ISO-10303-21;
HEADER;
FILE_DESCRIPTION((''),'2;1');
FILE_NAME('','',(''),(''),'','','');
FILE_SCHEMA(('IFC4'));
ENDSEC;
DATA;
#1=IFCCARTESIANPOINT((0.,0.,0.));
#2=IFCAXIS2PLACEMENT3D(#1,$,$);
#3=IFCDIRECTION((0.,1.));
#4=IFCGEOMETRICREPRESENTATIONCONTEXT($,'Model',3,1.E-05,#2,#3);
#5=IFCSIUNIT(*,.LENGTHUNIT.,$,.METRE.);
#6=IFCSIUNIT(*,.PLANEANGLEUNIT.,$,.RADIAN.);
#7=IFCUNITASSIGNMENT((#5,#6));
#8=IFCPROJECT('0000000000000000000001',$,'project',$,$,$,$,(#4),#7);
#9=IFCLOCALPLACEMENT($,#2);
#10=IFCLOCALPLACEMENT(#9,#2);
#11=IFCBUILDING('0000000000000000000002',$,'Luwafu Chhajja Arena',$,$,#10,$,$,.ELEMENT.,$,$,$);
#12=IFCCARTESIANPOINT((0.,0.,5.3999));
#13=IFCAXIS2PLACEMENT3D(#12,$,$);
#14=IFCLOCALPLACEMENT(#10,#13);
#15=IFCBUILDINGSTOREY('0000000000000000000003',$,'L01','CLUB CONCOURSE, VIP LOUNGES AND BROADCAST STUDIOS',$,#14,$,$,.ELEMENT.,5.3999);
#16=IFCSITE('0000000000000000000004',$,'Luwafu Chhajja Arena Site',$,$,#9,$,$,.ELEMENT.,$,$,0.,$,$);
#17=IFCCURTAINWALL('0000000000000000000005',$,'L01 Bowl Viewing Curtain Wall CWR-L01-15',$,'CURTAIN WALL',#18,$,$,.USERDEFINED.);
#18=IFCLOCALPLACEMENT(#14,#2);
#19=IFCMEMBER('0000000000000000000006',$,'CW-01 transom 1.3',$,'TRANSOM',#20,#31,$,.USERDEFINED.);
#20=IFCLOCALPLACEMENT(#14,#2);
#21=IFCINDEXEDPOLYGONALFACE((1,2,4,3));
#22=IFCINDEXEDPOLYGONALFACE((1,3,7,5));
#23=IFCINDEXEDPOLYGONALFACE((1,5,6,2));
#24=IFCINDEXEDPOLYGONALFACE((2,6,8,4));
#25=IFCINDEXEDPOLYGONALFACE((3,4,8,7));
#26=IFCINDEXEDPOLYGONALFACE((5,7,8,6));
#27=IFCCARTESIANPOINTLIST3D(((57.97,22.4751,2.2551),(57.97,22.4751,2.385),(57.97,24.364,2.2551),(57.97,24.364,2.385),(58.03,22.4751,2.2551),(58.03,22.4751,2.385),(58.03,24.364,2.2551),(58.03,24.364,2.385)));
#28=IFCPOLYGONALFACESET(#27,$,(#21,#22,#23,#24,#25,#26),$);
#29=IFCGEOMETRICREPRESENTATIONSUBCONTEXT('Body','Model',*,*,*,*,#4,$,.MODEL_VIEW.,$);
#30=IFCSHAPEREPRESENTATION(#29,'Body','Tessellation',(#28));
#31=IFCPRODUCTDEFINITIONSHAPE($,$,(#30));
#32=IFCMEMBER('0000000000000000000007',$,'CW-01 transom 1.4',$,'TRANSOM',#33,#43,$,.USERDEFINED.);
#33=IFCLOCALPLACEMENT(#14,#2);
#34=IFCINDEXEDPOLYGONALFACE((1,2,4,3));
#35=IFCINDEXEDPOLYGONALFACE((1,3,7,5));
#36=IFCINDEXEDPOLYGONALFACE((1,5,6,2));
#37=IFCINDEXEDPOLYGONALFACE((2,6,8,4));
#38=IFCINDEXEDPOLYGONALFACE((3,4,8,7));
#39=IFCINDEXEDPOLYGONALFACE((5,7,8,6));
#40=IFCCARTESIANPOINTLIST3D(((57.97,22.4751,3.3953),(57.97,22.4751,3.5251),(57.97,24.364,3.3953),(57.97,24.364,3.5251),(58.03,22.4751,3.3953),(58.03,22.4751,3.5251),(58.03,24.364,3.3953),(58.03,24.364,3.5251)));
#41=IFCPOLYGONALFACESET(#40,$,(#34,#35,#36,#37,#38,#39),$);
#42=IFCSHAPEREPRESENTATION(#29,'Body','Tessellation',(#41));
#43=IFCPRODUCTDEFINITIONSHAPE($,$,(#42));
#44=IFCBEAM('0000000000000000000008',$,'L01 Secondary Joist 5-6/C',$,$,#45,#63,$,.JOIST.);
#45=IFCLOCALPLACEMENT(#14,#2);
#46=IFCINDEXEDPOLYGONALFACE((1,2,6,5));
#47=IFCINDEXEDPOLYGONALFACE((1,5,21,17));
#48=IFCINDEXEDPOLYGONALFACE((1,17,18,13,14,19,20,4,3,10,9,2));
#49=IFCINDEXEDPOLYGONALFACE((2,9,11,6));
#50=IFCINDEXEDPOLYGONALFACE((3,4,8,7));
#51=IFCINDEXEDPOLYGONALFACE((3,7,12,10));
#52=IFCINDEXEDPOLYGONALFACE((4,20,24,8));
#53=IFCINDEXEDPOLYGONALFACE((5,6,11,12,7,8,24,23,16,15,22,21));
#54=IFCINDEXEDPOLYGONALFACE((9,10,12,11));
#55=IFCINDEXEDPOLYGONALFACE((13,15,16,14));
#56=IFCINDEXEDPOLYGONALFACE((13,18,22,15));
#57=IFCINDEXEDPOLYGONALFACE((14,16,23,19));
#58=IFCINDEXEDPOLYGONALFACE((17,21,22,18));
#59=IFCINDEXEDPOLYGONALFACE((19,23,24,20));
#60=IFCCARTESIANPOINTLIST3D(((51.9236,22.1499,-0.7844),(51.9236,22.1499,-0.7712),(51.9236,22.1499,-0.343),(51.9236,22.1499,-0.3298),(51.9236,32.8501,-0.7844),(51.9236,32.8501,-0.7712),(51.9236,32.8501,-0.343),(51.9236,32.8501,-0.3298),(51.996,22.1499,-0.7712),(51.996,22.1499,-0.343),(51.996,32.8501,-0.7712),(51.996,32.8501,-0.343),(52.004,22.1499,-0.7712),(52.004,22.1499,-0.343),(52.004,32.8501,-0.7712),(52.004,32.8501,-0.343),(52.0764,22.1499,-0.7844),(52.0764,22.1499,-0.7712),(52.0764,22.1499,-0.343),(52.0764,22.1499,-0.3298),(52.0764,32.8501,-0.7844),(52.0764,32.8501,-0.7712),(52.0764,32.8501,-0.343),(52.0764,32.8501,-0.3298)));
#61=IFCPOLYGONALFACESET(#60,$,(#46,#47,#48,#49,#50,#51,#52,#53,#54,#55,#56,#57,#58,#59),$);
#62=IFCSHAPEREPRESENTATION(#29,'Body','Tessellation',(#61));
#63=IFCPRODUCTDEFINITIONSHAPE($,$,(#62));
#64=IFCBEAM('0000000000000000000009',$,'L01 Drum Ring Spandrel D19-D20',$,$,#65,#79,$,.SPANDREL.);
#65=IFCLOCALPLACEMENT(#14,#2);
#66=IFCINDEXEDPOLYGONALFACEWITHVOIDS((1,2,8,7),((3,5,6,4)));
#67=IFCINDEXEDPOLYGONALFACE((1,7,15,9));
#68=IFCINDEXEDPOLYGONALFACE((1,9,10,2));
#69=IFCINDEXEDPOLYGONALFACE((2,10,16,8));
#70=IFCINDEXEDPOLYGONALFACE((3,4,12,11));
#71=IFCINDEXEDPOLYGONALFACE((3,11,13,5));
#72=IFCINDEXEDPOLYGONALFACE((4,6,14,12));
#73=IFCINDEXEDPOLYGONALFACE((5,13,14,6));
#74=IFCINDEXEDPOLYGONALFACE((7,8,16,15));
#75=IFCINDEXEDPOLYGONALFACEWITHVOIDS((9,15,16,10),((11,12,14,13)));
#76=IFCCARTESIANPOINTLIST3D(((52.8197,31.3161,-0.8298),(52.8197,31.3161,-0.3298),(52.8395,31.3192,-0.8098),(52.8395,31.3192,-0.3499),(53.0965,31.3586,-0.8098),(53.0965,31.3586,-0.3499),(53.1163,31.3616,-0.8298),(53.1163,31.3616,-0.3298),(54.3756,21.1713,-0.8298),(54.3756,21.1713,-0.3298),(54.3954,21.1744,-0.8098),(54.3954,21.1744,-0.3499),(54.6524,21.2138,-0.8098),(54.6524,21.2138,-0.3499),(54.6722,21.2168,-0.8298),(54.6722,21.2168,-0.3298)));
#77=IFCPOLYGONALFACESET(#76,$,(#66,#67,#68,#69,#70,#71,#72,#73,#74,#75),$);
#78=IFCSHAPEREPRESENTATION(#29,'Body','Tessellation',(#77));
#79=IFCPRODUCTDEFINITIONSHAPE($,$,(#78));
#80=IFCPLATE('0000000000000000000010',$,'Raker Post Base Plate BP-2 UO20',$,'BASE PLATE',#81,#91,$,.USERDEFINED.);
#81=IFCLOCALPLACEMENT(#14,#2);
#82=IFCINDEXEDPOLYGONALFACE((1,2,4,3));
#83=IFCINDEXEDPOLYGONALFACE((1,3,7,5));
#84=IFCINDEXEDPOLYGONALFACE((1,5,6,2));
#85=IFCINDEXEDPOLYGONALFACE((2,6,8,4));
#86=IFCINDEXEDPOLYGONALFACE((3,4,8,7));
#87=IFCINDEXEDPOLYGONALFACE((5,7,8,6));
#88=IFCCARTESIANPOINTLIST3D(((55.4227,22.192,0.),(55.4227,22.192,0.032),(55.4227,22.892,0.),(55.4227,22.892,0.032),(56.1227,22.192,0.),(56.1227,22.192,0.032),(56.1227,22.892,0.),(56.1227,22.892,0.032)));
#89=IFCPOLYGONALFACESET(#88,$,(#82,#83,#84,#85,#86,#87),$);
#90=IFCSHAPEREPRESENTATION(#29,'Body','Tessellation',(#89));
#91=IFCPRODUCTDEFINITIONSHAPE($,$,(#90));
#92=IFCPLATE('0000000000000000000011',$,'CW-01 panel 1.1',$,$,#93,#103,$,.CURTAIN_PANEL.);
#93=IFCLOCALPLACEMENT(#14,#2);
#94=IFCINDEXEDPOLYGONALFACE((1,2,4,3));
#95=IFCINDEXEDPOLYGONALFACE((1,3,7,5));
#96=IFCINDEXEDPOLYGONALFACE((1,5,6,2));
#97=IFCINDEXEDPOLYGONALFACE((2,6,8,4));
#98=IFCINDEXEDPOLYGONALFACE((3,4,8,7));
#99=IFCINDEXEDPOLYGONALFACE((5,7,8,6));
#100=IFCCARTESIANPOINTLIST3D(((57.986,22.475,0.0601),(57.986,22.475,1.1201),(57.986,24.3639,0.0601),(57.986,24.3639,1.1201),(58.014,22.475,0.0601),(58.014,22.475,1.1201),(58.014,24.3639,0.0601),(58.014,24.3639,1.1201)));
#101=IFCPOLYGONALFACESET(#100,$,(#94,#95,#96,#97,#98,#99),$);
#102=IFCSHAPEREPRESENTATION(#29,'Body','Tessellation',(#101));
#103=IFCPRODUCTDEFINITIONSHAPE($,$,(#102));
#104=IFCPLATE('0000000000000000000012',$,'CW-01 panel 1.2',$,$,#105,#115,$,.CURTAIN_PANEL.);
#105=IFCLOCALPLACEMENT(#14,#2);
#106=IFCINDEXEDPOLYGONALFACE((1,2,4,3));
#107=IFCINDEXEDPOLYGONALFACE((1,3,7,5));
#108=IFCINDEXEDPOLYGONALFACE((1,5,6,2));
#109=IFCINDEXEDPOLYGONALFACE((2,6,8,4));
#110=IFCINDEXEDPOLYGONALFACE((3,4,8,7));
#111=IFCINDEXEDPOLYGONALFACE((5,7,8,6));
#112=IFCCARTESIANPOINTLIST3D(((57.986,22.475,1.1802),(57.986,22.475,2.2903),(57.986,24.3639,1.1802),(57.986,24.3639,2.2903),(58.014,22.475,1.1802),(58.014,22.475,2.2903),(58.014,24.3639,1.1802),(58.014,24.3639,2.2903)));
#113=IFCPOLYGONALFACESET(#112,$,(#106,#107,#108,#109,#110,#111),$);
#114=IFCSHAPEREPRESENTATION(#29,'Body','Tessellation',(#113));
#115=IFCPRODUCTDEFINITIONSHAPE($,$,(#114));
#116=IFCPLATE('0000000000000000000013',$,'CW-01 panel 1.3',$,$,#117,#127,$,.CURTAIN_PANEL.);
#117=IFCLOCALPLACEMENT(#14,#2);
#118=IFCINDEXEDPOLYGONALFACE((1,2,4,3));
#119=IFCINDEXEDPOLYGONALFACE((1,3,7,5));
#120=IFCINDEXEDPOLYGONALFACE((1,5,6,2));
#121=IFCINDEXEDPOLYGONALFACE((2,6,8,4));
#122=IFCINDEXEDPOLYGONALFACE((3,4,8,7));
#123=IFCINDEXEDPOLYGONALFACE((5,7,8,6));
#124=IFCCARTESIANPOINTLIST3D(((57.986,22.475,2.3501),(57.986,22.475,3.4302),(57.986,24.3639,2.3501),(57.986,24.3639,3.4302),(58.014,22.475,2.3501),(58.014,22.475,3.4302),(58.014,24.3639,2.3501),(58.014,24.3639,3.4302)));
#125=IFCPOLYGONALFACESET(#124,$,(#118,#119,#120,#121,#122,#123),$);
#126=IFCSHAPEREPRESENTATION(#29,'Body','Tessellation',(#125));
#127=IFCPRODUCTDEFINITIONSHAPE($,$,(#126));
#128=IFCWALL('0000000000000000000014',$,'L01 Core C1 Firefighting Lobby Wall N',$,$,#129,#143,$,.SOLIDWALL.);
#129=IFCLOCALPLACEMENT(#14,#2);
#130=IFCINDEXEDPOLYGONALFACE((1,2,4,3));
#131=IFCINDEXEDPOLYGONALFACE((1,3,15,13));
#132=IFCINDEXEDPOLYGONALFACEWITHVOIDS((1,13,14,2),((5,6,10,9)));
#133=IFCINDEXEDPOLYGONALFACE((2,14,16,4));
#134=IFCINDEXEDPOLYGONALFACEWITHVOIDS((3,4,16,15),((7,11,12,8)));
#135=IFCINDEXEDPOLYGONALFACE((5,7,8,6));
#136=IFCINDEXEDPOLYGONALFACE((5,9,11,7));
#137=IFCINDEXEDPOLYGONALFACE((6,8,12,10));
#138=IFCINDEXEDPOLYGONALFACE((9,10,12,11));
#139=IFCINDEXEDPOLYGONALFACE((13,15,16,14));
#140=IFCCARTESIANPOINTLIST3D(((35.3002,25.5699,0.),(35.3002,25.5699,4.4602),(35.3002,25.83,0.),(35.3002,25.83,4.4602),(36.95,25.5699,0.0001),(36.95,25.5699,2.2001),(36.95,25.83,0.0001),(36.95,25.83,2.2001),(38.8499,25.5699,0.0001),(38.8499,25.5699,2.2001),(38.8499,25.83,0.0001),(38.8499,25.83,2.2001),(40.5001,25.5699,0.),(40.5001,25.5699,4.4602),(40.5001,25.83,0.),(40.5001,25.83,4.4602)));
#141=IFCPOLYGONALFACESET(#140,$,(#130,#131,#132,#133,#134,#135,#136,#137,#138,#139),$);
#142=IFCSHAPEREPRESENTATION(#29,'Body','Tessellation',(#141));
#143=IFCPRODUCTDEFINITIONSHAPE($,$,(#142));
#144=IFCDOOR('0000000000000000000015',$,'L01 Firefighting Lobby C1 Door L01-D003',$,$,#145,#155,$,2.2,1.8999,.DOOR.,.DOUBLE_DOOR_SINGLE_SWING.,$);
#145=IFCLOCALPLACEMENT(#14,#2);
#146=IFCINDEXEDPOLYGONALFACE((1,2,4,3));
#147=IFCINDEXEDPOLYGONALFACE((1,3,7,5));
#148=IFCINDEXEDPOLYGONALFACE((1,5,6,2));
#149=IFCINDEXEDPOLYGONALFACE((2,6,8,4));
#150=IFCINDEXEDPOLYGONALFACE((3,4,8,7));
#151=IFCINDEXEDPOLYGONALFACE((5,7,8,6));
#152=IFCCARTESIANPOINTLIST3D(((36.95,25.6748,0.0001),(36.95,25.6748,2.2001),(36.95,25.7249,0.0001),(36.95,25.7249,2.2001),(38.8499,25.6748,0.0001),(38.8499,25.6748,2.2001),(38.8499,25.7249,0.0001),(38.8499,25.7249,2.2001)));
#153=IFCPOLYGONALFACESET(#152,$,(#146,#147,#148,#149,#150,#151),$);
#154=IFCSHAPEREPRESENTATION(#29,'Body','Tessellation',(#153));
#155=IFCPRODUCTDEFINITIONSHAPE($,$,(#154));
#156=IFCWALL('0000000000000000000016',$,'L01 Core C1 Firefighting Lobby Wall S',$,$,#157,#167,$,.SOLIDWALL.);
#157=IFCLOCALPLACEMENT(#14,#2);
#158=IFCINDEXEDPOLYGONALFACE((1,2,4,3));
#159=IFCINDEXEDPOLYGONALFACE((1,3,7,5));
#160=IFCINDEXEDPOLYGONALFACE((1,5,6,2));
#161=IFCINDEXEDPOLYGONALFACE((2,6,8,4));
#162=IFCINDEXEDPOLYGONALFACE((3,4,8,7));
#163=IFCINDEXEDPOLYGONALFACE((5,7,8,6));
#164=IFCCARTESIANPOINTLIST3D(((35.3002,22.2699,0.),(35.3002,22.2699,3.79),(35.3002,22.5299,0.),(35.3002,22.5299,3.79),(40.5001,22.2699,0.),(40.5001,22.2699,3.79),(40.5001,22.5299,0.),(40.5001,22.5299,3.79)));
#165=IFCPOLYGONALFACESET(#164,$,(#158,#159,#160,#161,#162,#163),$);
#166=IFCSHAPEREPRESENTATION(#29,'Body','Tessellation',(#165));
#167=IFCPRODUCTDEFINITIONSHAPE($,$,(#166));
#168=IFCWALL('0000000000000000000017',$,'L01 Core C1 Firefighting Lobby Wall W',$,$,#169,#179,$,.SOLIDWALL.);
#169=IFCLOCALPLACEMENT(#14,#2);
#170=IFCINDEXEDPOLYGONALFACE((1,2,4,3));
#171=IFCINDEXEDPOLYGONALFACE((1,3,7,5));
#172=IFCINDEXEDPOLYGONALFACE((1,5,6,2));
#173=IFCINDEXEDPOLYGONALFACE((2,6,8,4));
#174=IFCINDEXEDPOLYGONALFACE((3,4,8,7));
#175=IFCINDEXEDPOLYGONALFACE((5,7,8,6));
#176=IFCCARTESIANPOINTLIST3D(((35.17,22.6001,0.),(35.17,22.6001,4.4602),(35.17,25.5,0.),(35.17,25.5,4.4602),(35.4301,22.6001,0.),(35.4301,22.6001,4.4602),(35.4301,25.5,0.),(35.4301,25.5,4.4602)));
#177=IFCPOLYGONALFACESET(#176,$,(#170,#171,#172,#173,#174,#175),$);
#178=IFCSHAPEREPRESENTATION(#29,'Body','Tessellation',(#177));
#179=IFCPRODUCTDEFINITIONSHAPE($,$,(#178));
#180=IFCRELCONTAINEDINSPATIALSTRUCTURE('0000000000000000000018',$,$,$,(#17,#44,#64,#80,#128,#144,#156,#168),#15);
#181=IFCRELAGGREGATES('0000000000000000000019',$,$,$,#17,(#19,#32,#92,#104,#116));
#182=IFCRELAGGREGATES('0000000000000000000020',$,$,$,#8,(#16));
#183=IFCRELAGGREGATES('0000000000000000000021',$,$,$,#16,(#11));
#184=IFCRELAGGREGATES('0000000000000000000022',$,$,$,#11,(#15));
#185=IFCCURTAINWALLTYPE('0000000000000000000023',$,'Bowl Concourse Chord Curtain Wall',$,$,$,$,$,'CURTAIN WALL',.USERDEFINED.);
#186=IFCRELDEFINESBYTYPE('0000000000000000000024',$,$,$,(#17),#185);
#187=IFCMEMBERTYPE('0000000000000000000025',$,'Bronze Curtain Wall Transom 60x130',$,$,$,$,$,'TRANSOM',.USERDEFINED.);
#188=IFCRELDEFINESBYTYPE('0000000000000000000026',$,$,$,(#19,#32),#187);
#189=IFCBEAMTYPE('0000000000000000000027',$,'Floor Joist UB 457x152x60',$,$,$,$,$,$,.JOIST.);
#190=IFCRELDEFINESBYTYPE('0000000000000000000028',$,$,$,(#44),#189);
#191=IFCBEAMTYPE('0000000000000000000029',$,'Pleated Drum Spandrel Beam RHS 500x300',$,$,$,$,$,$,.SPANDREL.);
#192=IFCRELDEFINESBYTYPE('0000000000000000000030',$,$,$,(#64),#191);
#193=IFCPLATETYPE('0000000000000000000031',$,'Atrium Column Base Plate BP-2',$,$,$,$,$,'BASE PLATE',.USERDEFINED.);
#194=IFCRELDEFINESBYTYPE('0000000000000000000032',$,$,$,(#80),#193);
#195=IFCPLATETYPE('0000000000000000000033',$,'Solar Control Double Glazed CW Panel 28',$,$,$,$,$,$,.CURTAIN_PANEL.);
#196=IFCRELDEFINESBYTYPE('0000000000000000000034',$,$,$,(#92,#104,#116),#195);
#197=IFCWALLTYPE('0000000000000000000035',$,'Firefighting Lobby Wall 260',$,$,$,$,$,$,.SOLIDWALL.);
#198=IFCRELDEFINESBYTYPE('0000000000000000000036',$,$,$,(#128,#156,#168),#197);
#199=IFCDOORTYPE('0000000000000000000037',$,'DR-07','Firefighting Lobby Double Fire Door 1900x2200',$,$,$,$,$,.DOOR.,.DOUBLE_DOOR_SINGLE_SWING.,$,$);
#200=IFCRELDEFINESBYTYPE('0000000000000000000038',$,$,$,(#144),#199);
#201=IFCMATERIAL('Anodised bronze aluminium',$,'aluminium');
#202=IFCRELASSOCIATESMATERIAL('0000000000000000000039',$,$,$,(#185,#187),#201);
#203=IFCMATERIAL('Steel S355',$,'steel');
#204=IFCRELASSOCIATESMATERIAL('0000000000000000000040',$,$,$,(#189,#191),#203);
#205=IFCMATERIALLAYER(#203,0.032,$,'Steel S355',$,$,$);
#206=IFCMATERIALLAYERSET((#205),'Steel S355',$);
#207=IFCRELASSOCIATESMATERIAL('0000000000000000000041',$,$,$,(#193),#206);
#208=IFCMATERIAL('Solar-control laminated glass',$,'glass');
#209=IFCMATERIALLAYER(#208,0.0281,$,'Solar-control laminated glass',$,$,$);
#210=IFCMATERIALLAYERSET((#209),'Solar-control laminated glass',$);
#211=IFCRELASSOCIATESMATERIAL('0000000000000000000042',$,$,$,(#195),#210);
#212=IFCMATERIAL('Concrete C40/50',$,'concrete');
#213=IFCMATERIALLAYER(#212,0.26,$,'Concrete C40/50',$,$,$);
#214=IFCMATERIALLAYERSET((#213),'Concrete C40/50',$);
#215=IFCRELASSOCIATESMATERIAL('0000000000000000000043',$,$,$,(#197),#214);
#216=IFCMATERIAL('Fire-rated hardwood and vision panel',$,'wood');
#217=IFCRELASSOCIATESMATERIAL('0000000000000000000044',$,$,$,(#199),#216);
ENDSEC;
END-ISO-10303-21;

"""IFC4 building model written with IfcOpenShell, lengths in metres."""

from ifc_helpers import new_model, si_unit, direction, frame, frame_2d, origin, origin_2d, place, context, subcontext, project, spatial, rectangle, hollow_rectangle, i_section, extrude, material, layer, layer_set, material_profile, profile_set, type_object, element, fill, aggregate, save


model = new_model("IFC4")

# Units and contexts
model_context = context("Model", 3, precision=1e-05, world=origin(), true_north=direction((0.0, 1.0)))
body_context = subcontext(model_context, "Body", "Model", "MODEL_VIEW")
ifc_project = project(units=[si_unit("LENGTHUNIT", "METRE"), si_unit("PLANEANGLEUNIT", "RADIAN")], contexts=[model_context])

# Site, building, storey
site_placement = place(None, origin())
site = spatial("IfcSite", under=ifc_project, at=site_placement, Name="Luwafu Chhajja Arena Site", CompositionType="ELEMENT", RefElevation=0.0)
building_placement = place(site_placement, origin())
building = spatial("IfcBuilding", under=site, at=building_placement, Name="Luwafu Chhajja Arena", CompositionType="ELEMENT")
storey_placement = place(building_placement, frame((0.0, 0.0, 5.3999)))
storey = spatial("IfcBuildingStorey", under=building, at=storey_placement, Name="L01", Description="CLUB CONCOURSE, VIP LOUNGES AND BROADCAST STUDIOS", CompositionType="ELEMENT", Elevation=5.3999)

# Shared definitions
ifc_material_1 = material(Name="Steel S355", Category="steel")

# Curtain wall, members
ifc_material_2 = material(Name="Anodised bronze aluminium", Category="aluminium")
curtain_wall_type = type_object("IfcCurtainWallType", Name="Bowl Concourse Chord Curtain Wall", ElementType="CURTAIN WALL", PredefinedType="USERDEFINED", material=ifc_material_2)
curtain_wall_placement = place(storey_placement, origin())
curtain_wall = element("IfcCurtainWall", 1, at=curtain_wall_placement, inside=storey, type_object=curtain_wall_type, Name="L01 Bowl Viewing Curtain Wall CWR-L01-15", ObjectType="CURTAIN WALL", PredefinedType="USERDEFINED")
ifc_material_profile_1 = material_profile(ifc_material_2, rectangle(XDim=0.0601, YDim=0.1299, at=origin_2d()), Name="CWT 60x130")
ifc_profile_set_1 = profile_set([ifc_material_profile_1], Name="Anodised bronze aluminium")
member_type_1 = type_object("IfcMemberType", Name="Bronze Curtain Wall Transom 60x130", ElementType="TRANSOM", PredefinedType="USERDEFINED", material=ifc_profile_set_1)
member_1_placement = place(storey_placement, frame((58.0, 22.4751, 2.3201), z_axis=(0.0, 1.0, 0.0), x_axis=(-1.0, 0.0, 0.0)))
member_1 = element("IfcMember", 2, at=member_1_placement, type_object=member_type_1, Name="CW-01 transom 1.3", ObjectType="TRANSOM", PredefinedType="USERDEFINED", context=body_context, shape_type="SweptSolid", body=[
    extrude(rectangle(XDim=0.0601, YDim=0.1299, at=origin_2d()), origin(), (0.0, 0.0, 1.0), 1.8889),
])
member_2_placement = place(storey_placement, frame((58.0, 22.4751, 3.4602), z_axis=(0.0, 1.0, 0.0), x_axis=(-1.0, 0.0, 0.0)))
member_2 = element("IfcMember", 3, at=member_2_placement, type_object=member_type_1, Name="CW-01 transom 1.4", ObjectType="TRANSOM", PredefinedType="USERDEFINED", context=body_context, shape_type="SweptSolid", body=[
    extrude(rectangle(XDim=0.0601, YDim=0.1299, at=origin_2d()), origin(), (0.0, 0.0, 1.0), 1.8889),
])

# Beams
ifc_material_profile_2 = material_profile(ifc_material_1, i_section(OverallWidth=0.1528, OverallDepth=0.4546, WebThickness=0.0081, FlangeThickness=0.0132, at=origin_2d()), Name="UB 457x152x60")
ifc_profile_set_2 = profile_set([ifc_material_profile_2], Name="Steel S355")
beam_type_1 = type_object("IfcBeamType", Name="Floor Joist UB 457x152x60", PredefinedType="JOIST", material=ifc_profile_set_2)
beam_1_placement = place(storey_placement, frame((52.0, 22.1499, -0.5571), z_axis=(0.0, 1.0, 0.0), x_axis=(-1.0, 0.0, 0.0)))
element("IfcBeam", 4, at=beam_1_placement, inside=storey, type_object=beam_type_1, Name="L01 Secondary Joist 5-6/C", PredefinedType="JOIST", context=body_context, shape_type="SweptSolid", body=[
    extrude(i_section(OverallWidth=0.1528, OverallDepth=0.4546, WebThickness=0.0081, FlangeThickness=0.0132, at=origin_2d()), origin(), (0.0, 0.0, 1.0), 10.7002),
])
ifc_material_profile_3 = material_profile(ifc_material_1, hollow_rectangle(XDim=0.3, YDim=0.5, WallThickness=0.02, at=origin_2d()), Name="RHS 500x300x20")
ifc_profile_set_3 = profile_set([ifc_material_profile_3], Name="Steel S355")
beam_type_2 = type_object("IfcBeamType", Name="Pleated Drum Spandrel Beam RHS 500x300", PredefinedType="SPANDREL", material=ifc_profile_set_3)
beam_2_placement = place(storey_placement, frame((52.968, 31.3389, -0.5798), z_axis=(0.151598, -0.988442, 0.0), x_axis=(0.988442, 0.151598, 0.0)))
element("IfcBeam", 5, at=beam_2_placement, inside=storey, type_object=beam_type_2, Name="L01 Drum Ring Spandrel D19-D20", PredefinedType="SPANDREL", context=body_context, shape_type="SweptSolid", body=[
    extrude(hollow_rectangle(XDim=0.3, YDim=0.5, WallThickness=0.02, at=origin_2d()), origin(), (0.0, 0.0, 1.0), 10.2634),
])

# Plates
ifc_layer_1 = layer(ifc_material_1, 0.032, Name="Steel S355")
ifc_layer_set_1 = layer_set([ifc_layer_1], Name="Steel S355")
plate_type_1 = type_object("IfcPlateType", Name="Atrium Column Base Plate BP-2", ElementType="BASE PLATE", PredefinedType="USERDEFINED", material=ifc_layer_set_1)
plate_1_placement = place(storey_placement, frame((55.7727, 22.542, 0.0), z_axis=(0.0, 0.0, 1.0), x_axis=(1.0, 0.0, 0.0)))
element("IfcPlate", 6, at=plate_1_placement, inside=storey, type_object=plate_type_1, Name="Raker Post Base Plate BP-2 UO20", ObjectType="BASE PLATE", PredefinedType="USERDEFINED", context=body_context, shape_type="SweptSolid", body=[
    extrude(rectangle(XDim=0.7, YDim=0.7, at=origin_2d()), origin(), (0.0, 0.0, 1.0), 0.032),
])
ifc_material_3 = material(Name="Solar-control laminated glass", Category="glass")
ifc_layer_2 = layer(ifc_material_3, 0.0281, Name="Solar-control laminated glass")
ifc_layer_set_2 = layer_set([ifc_layer_2], Name="Solar-control laminated glass")
plate_type_2 = type_object("IfcPlateType", Name="Solar Control Double Glazed CW Panel 28", PredefinedType="CURTAIN_PANEL", material=ifc_layer_set_2)
plate_2_placement = place(storey_placement, frame((58.0, 23.4194, 0.0601), z_axis=(0.0, 0.0, 1.0), x_axis=(0.0, 1.0, 0.0)))
plate_2 = element("IfcPlate", 7, at=plate_2_placement, type_object=plate_type_2, Name="CW-01 panel 1.1", PredefinedType="CURTAIN_PANEL", context=body_context, shape_type="SweptSolid", body=[
    extrude(rectangle(XDim=1.8889, YDim=0.0281, at=origin_2d()), origin(), (0.0, 0.0, 1.0), 1.0601),
])
plate_3_placement = place(storey_placement, frame((58.0, 23.4194, 1.1802), z_axis=(0.0, 0.0, 1.0), x_axis=(0.0, 1.0, 0.0)))
plate_3 = element("IfcPlate", 8, at=plate_3_placement, type_object=plate_type_2, Name="CW-01 panel 1.2", PredefinedType="CURTAIN_PANEL", context=body_context, shape_type="SweptSolid", body=[
    extrude(rectangle(XDim=1.8889, YDim=0.0281, at=origin_2d()), origin(), (0.0, 0.0, 1.0), 1.1101),
])
plate_4_placement = place(storey_placement, frame((58.0, 23.4194, 2.3501), z_axis=(0.0, 0.0, 1.0), x_axis=(0.0, 1.0, 0.0)))
plate_4 = element("IfcPlate", 9, at=plate_4_placement, type_object=plate_type_2, Name="CW-01 panel 1.3", PredefinedType="CURTAIN_PANEL", context=body_context, shape_type="SweptSolid", body=[
    extrude(rectangle(XDim=1.8889, YDim=0.0281, at=origin_2d()), origin(), (0.0, 0.0, 1.0), 1.0801),
])
aggregate(curtain_wall, [member_1, member_2, plate_2, plate_3, plate_4])

# Wall, opening, door
ifc_material_4 = material(Name="Concrete C40/50", Category="concrete")
ifc_layer_3 = layer(ifc_material_4, 0.26, Name="Concrete C40/50")
ifc_layer_set_3 = layer_set([ifc_layer_3], Name="Concrete C40/50")
wall_type_1 = type_object("IfcWallType", Name="Firefighting Lobby Wall 260", PredefinedType="SOLIDWALL", material=ifc_layer_set_3)
wall_1_placement = place(storey_placement, frame((35.3, 25.7, 0.0), z_axis=(0.0, 0.0, 1.0), x_axis=(1.0, 0.0, 0.0)))
wall_1 = element("IfcWall", 10, at=wall_1_placement, inside=storey, type_object=wall_type_1, Name="L01 Core C1 Firefighting Lobby Wall N", PredefinedType="SOLIDWALL", context=body_context, shape_type="SweptSolid", body=[
    extrude(rectangle(XDim=5.2, YDim=0.26, at=frame_2d((2.6001, 0.0))), origin(), (0.0, 0.0, 1.0), 4.4602),
])
opening_1_placement = place(wall_1_placement, frame((1.6499, 0.0, 0.0)))
opening_1 = element("IfcOpeningElement", 11, at=opening_1_placement, cuts=wall_1, PredefinedType="OPENING", context=body_context, shape_type="SweptSolid", body=[
    extrude(rectangle(XDim=1.8999, YDim=2.2, at=frame_2d((0.95, 1.1001))), frame((0.0, 0.1399, 0.0), z_axis=(0.0, -1.0, 0.0), x_axis=(1.0, 0.0, 0.0)), (0.0, 0.0, 1.0), 0.28),
])
ifc_material_5 = material(Name="Fire-rated hardwood and vision panel", Category="wood")
door_type_1 = type_object("IfcDoorType", Name="DR-07", Description="Firefighting Lobby Double Fire Door 1900x2200", OperationType="DOUBLE_DOOR_SINGLE_SWING", PredefinedType="DOOR", material=ifc_material_5)
door_1_placement = place(opening_1_placement, origin())
door_1 = element("IfcDoor", 12, at=door_1_placement, inside=storey, type_object=door_type_1, Name="L01 Firefighting Lobby C1 Door L01-D003", OperationType="DOUBLE_DOOR_SINGLE_SWING", OverallHeight=2.2, OverallWidth=1.8999, PredefinedType="DOOR", context=body_context, shape_type="SweptSolid", body=[
    extrude(rectangle(XDim=1.8999, YDim=2.2, at=frame_2d((0.95, 1.1001))), frame((0.0, 0.0249, 0.0), z_axis=(0.0, -1.0, 0.0), x_axis=(1.0, 0.0, 0.0)), (0.0, 0.0, 1.0), 0.05),
])
fill(opening_1, door_1)

# Walls
wall_2_placement = place(storey_placement, frame((35.3, 22.3999, 0.0), z_axis=(0.0, 0.0, 1.0), x_axis=(1.0, 0.0, 0.0)))
element("IfcWall", 13, at=wall_2_placement, inside=storey, type_object=wall_type_1, Name="L01 Core C1 Firefighting Lobby Wall S", PredefinedType="SOLIDWALL", context=body_context, shape_type="SweptSolid", body=[
    extrude(rectangle(XDim=5.2, YDim=0.26, at=frame_2d((2.6001, 0.0))), origin(), (0.0, 0.0, 1.0), 3.79),
])
wall_3_placement = place(storey_placement, frame((35.3, 22.6001, 0.0), z_axis=(0.0, 0.0, 1.0), x_axis=(0.0, 1.0, 0.0)))
element("IfcWall", 14, at=wall_3_placement, inside=storey, type_object=wall_type_1, Name="L01 Core C1 Firefighting Lobby Wall W", PredefinedType="SOLIDWALL", context=body_context, shape_type="SweptSolid", body=[
    extrude(rectangle(XDim=2.8999, YDim=0.26, at=frame_2d((1.45, 0.0))), origin(), (0.0, 0.0, 1.0), 4.4602),
])

save(model, "model.ifc")
